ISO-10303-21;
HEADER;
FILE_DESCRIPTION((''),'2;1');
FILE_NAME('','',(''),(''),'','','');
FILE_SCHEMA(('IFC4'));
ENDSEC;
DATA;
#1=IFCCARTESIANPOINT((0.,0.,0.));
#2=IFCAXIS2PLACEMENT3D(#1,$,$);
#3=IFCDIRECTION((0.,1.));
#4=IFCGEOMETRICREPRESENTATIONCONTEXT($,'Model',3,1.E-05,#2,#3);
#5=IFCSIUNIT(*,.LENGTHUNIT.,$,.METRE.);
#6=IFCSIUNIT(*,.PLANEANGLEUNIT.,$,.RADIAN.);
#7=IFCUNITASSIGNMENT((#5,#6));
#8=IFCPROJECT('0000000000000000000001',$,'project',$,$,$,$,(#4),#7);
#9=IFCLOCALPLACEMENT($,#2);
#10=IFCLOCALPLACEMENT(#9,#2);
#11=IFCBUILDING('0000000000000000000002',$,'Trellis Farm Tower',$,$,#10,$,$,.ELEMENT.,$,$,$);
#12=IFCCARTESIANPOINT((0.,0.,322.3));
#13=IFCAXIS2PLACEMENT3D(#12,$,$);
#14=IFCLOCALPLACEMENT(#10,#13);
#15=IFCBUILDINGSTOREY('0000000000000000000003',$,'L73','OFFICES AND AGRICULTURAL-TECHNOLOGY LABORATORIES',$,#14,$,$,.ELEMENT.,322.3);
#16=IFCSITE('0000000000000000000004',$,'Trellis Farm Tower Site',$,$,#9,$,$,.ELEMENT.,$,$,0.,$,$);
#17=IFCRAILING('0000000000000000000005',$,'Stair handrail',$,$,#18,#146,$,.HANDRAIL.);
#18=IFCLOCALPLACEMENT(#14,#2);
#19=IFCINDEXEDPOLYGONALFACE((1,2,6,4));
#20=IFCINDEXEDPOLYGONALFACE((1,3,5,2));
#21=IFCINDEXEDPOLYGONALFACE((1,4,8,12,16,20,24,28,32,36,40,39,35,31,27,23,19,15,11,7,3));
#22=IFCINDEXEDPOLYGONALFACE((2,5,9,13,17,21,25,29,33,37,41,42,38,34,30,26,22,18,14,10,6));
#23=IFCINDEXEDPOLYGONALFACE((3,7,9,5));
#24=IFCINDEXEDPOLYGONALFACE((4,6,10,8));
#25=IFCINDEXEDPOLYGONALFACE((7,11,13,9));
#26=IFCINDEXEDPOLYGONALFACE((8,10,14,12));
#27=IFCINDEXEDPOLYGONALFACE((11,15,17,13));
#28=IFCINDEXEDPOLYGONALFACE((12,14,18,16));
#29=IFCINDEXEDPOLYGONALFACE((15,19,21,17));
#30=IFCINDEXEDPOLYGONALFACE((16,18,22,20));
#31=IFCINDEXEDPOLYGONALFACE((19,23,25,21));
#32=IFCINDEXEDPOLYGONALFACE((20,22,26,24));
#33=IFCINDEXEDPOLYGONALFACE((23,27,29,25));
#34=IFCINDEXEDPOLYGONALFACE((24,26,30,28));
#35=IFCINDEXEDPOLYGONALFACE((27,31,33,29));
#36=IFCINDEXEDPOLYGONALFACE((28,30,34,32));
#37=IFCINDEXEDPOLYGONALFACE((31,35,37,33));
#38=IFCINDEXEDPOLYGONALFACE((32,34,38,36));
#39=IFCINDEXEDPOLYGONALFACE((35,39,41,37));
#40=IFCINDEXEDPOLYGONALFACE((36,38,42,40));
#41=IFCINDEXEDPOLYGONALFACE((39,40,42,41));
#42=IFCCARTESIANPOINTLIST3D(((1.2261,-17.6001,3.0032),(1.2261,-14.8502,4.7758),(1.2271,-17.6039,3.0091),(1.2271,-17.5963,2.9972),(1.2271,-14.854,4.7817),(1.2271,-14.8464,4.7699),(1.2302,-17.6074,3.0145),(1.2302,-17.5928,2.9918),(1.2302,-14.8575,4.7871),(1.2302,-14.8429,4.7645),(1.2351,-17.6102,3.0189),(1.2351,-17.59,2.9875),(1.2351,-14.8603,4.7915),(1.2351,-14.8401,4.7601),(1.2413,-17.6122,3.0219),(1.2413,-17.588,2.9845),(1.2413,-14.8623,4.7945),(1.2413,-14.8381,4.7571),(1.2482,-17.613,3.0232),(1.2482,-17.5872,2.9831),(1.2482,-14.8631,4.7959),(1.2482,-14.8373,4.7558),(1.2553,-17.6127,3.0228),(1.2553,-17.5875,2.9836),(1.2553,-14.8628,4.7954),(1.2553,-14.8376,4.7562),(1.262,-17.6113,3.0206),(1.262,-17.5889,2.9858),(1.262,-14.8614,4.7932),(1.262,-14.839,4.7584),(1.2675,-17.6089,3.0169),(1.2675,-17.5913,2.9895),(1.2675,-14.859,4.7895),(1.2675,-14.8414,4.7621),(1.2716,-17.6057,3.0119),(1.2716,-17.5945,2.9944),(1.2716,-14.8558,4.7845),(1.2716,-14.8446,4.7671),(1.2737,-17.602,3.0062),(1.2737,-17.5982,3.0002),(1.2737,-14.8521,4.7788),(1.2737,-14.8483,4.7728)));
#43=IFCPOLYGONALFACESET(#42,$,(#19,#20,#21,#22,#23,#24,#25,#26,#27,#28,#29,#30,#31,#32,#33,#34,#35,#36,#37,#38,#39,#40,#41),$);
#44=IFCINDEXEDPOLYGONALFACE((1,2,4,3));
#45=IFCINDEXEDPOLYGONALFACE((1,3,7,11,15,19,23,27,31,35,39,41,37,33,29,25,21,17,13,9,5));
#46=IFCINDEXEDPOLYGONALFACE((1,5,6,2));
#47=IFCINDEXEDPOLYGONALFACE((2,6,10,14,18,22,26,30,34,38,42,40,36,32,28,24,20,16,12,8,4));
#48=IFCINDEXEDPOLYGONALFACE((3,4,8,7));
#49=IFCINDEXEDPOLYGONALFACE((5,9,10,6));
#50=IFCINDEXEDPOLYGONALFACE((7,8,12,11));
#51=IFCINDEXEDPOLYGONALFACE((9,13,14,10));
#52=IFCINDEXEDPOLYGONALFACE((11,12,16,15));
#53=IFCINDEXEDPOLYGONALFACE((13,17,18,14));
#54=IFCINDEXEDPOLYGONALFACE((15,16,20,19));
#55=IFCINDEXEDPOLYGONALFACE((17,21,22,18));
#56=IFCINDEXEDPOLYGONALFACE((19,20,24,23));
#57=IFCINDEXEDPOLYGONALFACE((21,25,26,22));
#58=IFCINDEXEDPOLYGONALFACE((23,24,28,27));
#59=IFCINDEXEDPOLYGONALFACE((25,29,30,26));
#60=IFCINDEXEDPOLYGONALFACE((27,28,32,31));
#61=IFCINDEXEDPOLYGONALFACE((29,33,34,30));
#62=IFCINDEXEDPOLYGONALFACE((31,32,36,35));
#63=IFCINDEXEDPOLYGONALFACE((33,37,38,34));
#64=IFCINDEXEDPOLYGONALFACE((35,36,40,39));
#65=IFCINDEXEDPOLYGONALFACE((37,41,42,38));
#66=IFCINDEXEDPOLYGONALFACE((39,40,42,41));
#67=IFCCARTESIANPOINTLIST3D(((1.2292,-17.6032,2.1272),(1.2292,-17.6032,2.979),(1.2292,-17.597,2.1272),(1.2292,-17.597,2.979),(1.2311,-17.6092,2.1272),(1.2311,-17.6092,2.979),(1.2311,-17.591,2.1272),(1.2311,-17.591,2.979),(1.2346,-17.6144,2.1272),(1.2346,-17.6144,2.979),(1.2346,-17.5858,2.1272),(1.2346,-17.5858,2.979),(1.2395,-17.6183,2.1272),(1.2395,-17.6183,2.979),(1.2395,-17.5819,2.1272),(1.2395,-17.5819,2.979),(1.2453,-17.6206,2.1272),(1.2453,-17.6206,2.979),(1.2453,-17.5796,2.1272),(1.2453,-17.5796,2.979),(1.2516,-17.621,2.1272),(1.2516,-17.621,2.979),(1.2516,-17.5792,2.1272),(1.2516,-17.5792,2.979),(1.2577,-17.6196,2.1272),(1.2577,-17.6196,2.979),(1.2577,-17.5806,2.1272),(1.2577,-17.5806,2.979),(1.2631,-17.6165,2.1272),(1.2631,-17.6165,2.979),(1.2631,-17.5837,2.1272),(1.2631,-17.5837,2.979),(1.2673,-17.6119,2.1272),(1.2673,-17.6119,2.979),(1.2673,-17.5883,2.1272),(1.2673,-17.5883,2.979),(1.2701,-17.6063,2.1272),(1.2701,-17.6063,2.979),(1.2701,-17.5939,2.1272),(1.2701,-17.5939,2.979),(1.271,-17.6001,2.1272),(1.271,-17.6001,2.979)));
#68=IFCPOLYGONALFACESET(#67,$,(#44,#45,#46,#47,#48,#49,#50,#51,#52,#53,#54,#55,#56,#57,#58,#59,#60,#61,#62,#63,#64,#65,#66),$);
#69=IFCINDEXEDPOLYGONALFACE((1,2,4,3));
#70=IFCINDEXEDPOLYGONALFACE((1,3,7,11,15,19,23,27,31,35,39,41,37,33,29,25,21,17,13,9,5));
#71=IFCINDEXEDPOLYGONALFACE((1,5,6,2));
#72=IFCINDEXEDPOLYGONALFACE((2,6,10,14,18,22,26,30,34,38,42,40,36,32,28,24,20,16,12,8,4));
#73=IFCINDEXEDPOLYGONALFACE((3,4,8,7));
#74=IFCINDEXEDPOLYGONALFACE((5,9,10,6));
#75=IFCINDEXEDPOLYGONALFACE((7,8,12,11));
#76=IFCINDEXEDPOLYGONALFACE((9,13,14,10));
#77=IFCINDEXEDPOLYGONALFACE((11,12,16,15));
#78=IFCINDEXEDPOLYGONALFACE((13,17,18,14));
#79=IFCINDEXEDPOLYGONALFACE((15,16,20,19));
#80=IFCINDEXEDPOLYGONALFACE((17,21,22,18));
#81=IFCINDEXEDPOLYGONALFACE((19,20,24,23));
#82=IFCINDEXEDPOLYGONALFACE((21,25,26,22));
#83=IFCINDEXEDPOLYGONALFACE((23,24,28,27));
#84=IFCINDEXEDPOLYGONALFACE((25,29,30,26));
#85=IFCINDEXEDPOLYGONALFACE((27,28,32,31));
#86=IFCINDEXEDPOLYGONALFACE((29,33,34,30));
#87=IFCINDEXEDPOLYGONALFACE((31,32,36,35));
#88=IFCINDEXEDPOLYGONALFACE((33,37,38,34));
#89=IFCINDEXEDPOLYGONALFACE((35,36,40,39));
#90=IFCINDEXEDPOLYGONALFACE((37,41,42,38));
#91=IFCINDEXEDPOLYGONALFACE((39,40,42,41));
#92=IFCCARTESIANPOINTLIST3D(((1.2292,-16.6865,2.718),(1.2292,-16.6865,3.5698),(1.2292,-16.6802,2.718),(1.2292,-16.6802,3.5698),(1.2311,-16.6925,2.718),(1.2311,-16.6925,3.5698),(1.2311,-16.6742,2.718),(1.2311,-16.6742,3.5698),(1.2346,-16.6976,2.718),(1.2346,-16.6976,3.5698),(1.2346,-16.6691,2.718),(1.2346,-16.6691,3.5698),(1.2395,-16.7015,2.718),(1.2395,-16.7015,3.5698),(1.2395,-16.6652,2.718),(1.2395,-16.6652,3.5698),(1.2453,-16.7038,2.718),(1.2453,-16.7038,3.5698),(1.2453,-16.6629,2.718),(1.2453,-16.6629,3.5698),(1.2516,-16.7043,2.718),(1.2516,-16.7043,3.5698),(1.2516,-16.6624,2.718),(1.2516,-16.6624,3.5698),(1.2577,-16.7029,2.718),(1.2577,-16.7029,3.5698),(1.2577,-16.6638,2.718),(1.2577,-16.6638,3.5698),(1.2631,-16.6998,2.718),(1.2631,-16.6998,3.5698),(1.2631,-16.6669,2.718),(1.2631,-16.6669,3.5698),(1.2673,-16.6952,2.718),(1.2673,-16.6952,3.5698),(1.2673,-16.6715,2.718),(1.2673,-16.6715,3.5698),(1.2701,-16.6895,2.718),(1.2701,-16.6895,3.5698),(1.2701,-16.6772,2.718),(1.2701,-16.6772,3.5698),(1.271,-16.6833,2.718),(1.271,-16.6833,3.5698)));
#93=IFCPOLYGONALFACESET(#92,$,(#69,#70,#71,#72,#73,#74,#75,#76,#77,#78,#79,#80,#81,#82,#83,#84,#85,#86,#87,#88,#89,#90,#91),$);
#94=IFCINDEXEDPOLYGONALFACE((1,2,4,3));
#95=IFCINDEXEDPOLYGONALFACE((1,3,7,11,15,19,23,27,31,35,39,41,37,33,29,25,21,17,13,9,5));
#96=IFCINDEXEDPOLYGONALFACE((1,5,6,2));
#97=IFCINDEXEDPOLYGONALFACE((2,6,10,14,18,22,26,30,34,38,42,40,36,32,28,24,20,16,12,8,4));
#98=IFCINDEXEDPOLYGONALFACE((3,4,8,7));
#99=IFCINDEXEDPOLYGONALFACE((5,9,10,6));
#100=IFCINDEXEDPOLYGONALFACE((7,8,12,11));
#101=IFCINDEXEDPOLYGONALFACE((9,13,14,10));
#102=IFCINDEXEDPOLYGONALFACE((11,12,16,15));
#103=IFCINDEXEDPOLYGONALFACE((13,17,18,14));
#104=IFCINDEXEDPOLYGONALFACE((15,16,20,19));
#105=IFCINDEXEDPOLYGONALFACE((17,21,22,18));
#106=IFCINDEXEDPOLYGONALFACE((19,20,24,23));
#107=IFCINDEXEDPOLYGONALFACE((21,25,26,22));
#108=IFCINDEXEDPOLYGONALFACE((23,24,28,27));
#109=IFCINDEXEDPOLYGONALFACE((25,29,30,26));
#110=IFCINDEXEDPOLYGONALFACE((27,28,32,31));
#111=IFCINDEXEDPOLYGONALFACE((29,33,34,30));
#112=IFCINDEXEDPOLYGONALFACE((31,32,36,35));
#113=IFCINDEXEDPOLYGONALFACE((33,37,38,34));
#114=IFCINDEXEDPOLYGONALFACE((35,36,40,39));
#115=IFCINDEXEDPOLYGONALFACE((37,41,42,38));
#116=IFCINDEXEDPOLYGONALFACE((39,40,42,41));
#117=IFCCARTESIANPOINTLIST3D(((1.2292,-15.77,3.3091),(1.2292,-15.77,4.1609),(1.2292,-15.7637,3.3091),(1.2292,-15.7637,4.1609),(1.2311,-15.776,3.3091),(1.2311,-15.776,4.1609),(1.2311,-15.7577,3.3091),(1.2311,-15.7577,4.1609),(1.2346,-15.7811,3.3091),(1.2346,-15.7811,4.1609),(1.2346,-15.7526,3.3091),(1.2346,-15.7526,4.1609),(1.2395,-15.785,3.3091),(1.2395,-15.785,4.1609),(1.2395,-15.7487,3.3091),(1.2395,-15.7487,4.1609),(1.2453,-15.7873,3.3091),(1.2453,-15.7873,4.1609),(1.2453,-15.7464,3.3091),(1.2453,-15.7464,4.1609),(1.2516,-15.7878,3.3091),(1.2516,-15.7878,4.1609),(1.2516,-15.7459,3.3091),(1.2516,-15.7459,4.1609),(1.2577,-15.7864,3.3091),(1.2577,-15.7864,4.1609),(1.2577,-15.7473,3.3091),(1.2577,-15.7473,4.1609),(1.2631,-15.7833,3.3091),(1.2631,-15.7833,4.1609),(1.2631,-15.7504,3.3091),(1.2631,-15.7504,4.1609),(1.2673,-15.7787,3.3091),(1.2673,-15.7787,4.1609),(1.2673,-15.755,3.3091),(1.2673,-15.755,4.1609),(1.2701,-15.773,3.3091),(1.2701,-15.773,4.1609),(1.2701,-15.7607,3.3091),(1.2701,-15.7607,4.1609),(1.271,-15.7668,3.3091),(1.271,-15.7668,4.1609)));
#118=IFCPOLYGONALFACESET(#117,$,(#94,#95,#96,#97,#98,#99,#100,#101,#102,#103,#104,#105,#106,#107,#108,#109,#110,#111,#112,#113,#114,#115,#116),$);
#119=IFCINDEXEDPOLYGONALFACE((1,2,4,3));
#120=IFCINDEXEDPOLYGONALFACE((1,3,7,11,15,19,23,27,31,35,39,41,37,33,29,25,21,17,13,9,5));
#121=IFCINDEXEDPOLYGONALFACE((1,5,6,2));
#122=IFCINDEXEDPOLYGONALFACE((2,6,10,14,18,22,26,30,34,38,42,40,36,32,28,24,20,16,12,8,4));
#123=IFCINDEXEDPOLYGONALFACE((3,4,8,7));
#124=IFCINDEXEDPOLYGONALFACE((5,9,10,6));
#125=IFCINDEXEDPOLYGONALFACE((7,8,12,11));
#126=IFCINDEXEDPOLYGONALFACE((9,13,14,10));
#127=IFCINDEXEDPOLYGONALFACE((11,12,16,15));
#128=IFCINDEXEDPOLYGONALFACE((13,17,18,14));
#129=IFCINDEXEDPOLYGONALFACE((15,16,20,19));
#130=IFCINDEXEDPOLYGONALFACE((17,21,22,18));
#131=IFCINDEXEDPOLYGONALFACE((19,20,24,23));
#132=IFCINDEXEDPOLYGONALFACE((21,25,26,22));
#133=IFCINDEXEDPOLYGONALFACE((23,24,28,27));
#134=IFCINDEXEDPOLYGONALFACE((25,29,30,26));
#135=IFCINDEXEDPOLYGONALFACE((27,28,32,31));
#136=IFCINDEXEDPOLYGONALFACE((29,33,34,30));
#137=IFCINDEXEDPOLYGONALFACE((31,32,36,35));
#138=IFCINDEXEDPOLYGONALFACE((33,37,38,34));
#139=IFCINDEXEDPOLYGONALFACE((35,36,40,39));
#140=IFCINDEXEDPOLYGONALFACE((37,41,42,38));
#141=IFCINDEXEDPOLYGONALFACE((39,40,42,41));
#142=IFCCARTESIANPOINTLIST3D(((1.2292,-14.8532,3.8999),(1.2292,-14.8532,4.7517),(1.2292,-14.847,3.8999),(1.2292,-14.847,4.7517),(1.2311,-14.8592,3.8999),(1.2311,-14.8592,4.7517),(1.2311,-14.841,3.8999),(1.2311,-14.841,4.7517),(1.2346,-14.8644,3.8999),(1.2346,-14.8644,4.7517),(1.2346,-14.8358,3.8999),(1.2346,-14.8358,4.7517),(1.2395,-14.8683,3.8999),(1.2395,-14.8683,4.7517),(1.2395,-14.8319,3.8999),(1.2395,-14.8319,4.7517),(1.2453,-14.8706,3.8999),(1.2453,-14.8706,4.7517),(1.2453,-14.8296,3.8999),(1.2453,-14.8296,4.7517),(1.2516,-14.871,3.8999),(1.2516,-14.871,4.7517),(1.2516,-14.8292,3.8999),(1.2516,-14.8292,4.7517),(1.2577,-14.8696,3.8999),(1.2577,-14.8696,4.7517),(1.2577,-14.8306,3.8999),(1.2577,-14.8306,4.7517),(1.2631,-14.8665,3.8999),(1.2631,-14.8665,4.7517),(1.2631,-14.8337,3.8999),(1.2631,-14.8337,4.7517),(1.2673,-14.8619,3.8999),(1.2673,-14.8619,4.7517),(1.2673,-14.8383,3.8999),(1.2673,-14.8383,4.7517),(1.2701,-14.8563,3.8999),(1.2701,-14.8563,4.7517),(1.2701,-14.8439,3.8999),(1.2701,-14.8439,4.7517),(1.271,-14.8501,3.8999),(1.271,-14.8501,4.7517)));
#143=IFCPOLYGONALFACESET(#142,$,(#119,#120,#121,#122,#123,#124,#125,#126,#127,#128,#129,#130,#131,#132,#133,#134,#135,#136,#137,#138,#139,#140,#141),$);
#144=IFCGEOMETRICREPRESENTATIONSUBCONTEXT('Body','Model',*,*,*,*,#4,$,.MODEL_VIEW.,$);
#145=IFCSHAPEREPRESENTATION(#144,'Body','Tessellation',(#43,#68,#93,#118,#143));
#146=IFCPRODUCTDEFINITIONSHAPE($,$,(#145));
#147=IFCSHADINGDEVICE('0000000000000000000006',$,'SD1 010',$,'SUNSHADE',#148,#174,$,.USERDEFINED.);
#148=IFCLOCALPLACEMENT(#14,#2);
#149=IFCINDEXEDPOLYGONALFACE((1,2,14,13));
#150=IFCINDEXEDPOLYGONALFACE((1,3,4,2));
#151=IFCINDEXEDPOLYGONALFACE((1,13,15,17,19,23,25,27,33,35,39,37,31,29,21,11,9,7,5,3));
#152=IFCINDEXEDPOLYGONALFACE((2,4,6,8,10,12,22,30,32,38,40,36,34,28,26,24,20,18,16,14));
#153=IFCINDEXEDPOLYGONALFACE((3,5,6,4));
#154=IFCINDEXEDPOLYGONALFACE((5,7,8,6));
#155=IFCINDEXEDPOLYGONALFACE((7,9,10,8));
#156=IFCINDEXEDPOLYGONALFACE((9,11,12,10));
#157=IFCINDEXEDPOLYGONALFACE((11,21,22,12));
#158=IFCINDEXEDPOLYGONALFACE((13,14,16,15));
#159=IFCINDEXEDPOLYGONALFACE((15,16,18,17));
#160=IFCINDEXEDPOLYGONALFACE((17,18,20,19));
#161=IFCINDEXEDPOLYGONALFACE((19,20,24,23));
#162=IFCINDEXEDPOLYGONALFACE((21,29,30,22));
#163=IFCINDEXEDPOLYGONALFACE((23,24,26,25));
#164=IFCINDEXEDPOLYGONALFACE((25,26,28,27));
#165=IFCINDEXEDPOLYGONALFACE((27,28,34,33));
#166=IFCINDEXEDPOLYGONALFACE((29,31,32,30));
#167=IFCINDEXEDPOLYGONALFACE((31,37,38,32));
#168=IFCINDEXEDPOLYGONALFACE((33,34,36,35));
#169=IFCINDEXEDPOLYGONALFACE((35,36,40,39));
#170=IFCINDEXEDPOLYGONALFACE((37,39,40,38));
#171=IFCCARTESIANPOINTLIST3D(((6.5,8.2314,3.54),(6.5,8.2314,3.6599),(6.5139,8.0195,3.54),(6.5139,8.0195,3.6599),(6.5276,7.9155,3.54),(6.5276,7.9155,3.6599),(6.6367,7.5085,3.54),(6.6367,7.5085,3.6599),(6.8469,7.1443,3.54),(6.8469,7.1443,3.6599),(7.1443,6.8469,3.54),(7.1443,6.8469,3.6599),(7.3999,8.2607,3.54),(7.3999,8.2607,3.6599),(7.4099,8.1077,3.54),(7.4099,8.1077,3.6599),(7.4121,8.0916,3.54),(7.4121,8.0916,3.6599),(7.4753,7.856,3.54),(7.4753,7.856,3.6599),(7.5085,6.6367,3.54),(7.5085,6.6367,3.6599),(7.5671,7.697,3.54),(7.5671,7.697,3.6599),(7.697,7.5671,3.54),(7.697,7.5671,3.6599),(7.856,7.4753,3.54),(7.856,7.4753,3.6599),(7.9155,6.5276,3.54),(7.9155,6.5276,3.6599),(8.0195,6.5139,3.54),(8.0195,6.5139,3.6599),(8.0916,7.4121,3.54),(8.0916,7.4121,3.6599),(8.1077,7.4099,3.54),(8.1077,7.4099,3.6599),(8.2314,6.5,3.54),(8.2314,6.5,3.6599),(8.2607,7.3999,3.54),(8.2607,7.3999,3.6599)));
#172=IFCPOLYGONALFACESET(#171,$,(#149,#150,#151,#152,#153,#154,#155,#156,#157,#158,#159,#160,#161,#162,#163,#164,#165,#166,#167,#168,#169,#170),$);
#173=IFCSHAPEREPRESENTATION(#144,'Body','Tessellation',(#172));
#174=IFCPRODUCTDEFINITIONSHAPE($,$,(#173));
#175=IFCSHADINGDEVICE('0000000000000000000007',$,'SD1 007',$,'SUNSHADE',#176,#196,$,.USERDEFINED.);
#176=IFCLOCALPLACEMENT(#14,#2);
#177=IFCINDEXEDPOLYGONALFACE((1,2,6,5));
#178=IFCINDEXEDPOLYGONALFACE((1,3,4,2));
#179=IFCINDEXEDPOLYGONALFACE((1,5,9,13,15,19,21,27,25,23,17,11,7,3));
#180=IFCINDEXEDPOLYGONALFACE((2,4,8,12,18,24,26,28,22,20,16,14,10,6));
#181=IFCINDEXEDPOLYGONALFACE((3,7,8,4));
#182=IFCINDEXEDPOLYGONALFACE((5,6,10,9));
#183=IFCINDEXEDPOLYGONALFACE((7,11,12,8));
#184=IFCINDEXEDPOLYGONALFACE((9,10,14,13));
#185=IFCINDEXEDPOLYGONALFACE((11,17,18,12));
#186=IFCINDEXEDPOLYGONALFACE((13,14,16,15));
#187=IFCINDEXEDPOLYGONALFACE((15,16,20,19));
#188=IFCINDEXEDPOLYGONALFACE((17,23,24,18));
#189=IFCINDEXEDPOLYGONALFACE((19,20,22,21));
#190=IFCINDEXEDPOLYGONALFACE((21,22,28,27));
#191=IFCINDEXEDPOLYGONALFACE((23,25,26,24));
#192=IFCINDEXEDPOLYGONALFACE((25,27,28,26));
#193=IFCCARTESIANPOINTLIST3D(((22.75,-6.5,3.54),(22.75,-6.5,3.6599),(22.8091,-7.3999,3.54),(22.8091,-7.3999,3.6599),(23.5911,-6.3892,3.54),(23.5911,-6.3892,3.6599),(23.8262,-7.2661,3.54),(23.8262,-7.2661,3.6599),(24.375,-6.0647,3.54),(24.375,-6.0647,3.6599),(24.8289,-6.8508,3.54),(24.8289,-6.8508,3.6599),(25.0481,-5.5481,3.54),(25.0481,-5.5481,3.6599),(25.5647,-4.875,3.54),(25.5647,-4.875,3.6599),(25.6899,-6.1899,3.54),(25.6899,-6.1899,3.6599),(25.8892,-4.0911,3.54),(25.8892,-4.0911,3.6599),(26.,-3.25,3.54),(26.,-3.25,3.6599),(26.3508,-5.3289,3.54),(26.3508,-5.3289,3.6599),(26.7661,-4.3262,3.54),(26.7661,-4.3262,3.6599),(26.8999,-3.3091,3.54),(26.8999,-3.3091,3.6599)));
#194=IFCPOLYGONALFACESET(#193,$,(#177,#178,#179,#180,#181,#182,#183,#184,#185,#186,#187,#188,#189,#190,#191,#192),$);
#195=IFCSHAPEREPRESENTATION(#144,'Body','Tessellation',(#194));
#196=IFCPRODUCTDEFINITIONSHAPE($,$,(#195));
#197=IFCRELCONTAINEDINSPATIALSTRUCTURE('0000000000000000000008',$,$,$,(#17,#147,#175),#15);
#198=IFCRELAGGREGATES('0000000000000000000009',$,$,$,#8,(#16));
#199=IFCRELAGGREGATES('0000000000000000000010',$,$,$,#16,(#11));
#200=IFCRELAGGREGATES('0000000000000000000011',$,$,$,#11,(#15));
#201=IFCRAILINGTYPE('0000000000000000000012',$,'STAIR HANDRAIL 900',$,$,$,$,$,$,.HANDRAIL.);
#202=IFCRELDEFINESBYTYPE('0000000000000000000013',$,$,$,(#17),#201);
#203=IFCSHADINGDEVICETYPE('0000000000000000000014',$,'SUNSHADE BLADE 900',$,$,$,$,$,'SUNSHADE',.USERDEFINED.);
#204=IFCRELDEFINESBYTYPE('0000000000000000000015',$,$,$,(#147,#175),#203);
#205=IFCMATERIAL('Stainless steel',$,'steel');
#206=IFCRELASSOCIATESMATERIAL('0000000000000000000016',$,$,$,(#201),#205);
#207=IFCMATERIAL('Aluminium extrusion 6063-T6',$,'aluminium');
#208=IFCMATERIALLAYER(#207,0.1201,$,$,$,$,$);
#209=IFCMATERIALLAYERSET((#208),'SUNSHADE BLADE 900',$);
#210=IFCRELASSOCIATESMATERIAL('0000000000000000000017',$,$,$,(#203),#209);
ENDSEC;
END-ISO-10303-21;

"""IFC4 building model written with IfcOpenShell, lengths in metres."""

from ifc_helpers import new_model, si_unit, direction, frame, origin, origin_2d, place, context, subcontext, project, spatial, polyline, circle, outline, extrude, source, transform, mapped, material, layer, layer_set, type_object, element, save


model = new_model("IFC4")

# Units and contexts
model_context = context("Model", 3, precision=1e-05, world=origin(), true_north=direction((0.0, 1.0)))
body_context = subcontext(model_context, "Body", "Model", "MODEL_VIEW")
ifc_project = project(units=[si_unit("LENGTHUNIT", "METRE"), si_unit("PLANEANGLEUNIT", "RADIAN")], contexts=[model_context])

# Site, building, storey
site_placement = place(None, origin())
site = spatial("IfcSite", under=ifc_project, at=site_placement, Name="Trellis Farm Tower Site", CompositionType="ELEMENT", RefElevation=0.0)
building_placement = place(site_placement, origin())
building = spatial("IfcBuilding", under=site, at=building_placement, Name="Trellis Farm Tower", CompositionType="ELEMENT")
storey_placement = place(building_placement, frame((0.0, 0.0, 322.3)))
storey = spatial("IfcBuildingStorey", under=building, at=storey_placement, Name="L73", Description="OFFICES AND AGRICULTURAL-TECHNOLOGY LABORATORIES", CompositionType="ELEMENT", Elevation=322.3)

# Shared definitions
ifc_material_1 = material(Name="Aluminium extrusion 6063-T6", Category="aluminium")

# Railing
ifc_material_2 = material(Name="Stainless steel", Category="steel")
railing_type = type_object("IfcRailingType", Name="STAIR HANDRAIL 900", PredefinedType="HANDRAIL", material=ifc_material_2)
shared_shape_1 = source(origin(), body_context, "Body", "SweptSolid", [
    extrude(circle(Radius=0.0239, at=origin_2d()), frame((0.0, 0.0, 0.876), z_axis=(0.0, 0.840504, 0.541806), x_axis=(-1.0, 0.0, 0.0)), (0.0, 0.0, 1.0), 3.2717),
    extrude(circle(Radius=0.021, at=origin_2d()), origin(), (0.0, 0.0, 1.0), 0.8518),
    extrude(circle(Radius=0.021, at=origin_2d()), frame((0.0, 0.9167, 0.5908)), (0.0, 0.0, 1.0), 0.8518),
    extrude(circle(Radius=0.021, at=origin_2d()), frame((0.0, 1.8333, 1.1819)), (0.0, 0.0, 1.0), 0.8518),
    extrude(circle(Radius=0.021, at=origin_2d()), frame((0.0, 2.75, 1.7727)), (0.0, 0.0, 1.0), 0.8518),
])
railing_placement = place(storey_placement, frame((1.25, -17.6001, 2.1272)))
element("IfcRailing", 1, at=railing_placement, inside=storey, type_object=railing_type, Name="Stair handrail", PredefinedType="HANDRAIL", context=body_context, shape_type="MappedRepresentation", body=[
    mapped(shared_shape_1, transform((0.0, 0.0, 0.0))),
])

# Shading devices
ifc_layer_1 = layer(ifc_material_1, 0.1201)
ifc_layer_set_1 = layer_set([ifc_layer_1], Name="SUNSHADE BLADE 900")
shading_device_type_1 = type_object("IfcShadingDeviceType", Name="SUNSHADE BLADE 900", ElementType="SUNSHADE", PredefinedType="USERDEFINED", material=ifc_layer_set_1)
shared_shape_2 = source(origin(), body_context, "Body", "SweptSolid", [
    extrude(outline(polyline([(8.2607, 7.3999), (8.1077, 7.4099), (8.0916, 7.4121), (7.856, 7.4753), (7.697, 7.5671), (7.5671, 7.697), (7.4753, 7.856), (7.4121, 8.0916), (7.4099, 8.1077), (7.3999, 8.2607), (6.5, 8.2314), (6.5139, 8.0195), (6.5276, 7.9155), (6.6367, 7.5085), (6.8469, 7.1443), (7.1443, 6.8469), (7.5085, 6.6367), (7.9155, 6.5276), (8.0195, 6.5139), (8.2314, 6.5), (8.2607, 7.3999)])), origin(), (0.0, 0.0, 1.0), 0.1199),
])
placement_1 = place(storey_placement, frame((0.0, 0.0, 3.54)))
element("IfcShadingDevice", 2, at=placement_1, inside=storey, type_object=shading_device_type_1, Name="SD1 010", ObjectType="SUNSHADE", PredefinedType="USERDEFINED", context=body_context, shape_type="MappedRepresentation", body=[
    mapped(shared_shape_2, transform((0.0, 0.0, 0.0))),
])
shared_shape_3 = source(origin(), body_context, "Body", "SweptSolid", [
    extrude(outline(polyline([(22.8091, -7.3999), (23.8262, -7.2661), (24.8289, -6.8508), (25.6899, -6.1899), (26.3508, -5.3289), (26.7661, -4.3262), (26.8999, -3.3091), (26.0, -3.25), (25.8892, -4.0911), (25.5647, -4.875), (25.0481, -5.5481), (24.375, -6.0647), (23.5911, -6.3892), (22.75, -6.5), (22.8091, -7.3999)])), origin(), (0.0, 0.0, 1.0), 0.1199),
])
element("IfcShadingDevice", 3, at=placement_1, inside=storey, type_object=shading_device_type_1, Name="SD1 007", ObjectType="SUNSHADE", PredefinedType="USERDEFINED", context=body_context, shape_type="MappedRepresentation", body=[
    mapped(shared_shape_3, transform((0.0, 0.0, 0.0))),
])

save(model, "model.ifc")
